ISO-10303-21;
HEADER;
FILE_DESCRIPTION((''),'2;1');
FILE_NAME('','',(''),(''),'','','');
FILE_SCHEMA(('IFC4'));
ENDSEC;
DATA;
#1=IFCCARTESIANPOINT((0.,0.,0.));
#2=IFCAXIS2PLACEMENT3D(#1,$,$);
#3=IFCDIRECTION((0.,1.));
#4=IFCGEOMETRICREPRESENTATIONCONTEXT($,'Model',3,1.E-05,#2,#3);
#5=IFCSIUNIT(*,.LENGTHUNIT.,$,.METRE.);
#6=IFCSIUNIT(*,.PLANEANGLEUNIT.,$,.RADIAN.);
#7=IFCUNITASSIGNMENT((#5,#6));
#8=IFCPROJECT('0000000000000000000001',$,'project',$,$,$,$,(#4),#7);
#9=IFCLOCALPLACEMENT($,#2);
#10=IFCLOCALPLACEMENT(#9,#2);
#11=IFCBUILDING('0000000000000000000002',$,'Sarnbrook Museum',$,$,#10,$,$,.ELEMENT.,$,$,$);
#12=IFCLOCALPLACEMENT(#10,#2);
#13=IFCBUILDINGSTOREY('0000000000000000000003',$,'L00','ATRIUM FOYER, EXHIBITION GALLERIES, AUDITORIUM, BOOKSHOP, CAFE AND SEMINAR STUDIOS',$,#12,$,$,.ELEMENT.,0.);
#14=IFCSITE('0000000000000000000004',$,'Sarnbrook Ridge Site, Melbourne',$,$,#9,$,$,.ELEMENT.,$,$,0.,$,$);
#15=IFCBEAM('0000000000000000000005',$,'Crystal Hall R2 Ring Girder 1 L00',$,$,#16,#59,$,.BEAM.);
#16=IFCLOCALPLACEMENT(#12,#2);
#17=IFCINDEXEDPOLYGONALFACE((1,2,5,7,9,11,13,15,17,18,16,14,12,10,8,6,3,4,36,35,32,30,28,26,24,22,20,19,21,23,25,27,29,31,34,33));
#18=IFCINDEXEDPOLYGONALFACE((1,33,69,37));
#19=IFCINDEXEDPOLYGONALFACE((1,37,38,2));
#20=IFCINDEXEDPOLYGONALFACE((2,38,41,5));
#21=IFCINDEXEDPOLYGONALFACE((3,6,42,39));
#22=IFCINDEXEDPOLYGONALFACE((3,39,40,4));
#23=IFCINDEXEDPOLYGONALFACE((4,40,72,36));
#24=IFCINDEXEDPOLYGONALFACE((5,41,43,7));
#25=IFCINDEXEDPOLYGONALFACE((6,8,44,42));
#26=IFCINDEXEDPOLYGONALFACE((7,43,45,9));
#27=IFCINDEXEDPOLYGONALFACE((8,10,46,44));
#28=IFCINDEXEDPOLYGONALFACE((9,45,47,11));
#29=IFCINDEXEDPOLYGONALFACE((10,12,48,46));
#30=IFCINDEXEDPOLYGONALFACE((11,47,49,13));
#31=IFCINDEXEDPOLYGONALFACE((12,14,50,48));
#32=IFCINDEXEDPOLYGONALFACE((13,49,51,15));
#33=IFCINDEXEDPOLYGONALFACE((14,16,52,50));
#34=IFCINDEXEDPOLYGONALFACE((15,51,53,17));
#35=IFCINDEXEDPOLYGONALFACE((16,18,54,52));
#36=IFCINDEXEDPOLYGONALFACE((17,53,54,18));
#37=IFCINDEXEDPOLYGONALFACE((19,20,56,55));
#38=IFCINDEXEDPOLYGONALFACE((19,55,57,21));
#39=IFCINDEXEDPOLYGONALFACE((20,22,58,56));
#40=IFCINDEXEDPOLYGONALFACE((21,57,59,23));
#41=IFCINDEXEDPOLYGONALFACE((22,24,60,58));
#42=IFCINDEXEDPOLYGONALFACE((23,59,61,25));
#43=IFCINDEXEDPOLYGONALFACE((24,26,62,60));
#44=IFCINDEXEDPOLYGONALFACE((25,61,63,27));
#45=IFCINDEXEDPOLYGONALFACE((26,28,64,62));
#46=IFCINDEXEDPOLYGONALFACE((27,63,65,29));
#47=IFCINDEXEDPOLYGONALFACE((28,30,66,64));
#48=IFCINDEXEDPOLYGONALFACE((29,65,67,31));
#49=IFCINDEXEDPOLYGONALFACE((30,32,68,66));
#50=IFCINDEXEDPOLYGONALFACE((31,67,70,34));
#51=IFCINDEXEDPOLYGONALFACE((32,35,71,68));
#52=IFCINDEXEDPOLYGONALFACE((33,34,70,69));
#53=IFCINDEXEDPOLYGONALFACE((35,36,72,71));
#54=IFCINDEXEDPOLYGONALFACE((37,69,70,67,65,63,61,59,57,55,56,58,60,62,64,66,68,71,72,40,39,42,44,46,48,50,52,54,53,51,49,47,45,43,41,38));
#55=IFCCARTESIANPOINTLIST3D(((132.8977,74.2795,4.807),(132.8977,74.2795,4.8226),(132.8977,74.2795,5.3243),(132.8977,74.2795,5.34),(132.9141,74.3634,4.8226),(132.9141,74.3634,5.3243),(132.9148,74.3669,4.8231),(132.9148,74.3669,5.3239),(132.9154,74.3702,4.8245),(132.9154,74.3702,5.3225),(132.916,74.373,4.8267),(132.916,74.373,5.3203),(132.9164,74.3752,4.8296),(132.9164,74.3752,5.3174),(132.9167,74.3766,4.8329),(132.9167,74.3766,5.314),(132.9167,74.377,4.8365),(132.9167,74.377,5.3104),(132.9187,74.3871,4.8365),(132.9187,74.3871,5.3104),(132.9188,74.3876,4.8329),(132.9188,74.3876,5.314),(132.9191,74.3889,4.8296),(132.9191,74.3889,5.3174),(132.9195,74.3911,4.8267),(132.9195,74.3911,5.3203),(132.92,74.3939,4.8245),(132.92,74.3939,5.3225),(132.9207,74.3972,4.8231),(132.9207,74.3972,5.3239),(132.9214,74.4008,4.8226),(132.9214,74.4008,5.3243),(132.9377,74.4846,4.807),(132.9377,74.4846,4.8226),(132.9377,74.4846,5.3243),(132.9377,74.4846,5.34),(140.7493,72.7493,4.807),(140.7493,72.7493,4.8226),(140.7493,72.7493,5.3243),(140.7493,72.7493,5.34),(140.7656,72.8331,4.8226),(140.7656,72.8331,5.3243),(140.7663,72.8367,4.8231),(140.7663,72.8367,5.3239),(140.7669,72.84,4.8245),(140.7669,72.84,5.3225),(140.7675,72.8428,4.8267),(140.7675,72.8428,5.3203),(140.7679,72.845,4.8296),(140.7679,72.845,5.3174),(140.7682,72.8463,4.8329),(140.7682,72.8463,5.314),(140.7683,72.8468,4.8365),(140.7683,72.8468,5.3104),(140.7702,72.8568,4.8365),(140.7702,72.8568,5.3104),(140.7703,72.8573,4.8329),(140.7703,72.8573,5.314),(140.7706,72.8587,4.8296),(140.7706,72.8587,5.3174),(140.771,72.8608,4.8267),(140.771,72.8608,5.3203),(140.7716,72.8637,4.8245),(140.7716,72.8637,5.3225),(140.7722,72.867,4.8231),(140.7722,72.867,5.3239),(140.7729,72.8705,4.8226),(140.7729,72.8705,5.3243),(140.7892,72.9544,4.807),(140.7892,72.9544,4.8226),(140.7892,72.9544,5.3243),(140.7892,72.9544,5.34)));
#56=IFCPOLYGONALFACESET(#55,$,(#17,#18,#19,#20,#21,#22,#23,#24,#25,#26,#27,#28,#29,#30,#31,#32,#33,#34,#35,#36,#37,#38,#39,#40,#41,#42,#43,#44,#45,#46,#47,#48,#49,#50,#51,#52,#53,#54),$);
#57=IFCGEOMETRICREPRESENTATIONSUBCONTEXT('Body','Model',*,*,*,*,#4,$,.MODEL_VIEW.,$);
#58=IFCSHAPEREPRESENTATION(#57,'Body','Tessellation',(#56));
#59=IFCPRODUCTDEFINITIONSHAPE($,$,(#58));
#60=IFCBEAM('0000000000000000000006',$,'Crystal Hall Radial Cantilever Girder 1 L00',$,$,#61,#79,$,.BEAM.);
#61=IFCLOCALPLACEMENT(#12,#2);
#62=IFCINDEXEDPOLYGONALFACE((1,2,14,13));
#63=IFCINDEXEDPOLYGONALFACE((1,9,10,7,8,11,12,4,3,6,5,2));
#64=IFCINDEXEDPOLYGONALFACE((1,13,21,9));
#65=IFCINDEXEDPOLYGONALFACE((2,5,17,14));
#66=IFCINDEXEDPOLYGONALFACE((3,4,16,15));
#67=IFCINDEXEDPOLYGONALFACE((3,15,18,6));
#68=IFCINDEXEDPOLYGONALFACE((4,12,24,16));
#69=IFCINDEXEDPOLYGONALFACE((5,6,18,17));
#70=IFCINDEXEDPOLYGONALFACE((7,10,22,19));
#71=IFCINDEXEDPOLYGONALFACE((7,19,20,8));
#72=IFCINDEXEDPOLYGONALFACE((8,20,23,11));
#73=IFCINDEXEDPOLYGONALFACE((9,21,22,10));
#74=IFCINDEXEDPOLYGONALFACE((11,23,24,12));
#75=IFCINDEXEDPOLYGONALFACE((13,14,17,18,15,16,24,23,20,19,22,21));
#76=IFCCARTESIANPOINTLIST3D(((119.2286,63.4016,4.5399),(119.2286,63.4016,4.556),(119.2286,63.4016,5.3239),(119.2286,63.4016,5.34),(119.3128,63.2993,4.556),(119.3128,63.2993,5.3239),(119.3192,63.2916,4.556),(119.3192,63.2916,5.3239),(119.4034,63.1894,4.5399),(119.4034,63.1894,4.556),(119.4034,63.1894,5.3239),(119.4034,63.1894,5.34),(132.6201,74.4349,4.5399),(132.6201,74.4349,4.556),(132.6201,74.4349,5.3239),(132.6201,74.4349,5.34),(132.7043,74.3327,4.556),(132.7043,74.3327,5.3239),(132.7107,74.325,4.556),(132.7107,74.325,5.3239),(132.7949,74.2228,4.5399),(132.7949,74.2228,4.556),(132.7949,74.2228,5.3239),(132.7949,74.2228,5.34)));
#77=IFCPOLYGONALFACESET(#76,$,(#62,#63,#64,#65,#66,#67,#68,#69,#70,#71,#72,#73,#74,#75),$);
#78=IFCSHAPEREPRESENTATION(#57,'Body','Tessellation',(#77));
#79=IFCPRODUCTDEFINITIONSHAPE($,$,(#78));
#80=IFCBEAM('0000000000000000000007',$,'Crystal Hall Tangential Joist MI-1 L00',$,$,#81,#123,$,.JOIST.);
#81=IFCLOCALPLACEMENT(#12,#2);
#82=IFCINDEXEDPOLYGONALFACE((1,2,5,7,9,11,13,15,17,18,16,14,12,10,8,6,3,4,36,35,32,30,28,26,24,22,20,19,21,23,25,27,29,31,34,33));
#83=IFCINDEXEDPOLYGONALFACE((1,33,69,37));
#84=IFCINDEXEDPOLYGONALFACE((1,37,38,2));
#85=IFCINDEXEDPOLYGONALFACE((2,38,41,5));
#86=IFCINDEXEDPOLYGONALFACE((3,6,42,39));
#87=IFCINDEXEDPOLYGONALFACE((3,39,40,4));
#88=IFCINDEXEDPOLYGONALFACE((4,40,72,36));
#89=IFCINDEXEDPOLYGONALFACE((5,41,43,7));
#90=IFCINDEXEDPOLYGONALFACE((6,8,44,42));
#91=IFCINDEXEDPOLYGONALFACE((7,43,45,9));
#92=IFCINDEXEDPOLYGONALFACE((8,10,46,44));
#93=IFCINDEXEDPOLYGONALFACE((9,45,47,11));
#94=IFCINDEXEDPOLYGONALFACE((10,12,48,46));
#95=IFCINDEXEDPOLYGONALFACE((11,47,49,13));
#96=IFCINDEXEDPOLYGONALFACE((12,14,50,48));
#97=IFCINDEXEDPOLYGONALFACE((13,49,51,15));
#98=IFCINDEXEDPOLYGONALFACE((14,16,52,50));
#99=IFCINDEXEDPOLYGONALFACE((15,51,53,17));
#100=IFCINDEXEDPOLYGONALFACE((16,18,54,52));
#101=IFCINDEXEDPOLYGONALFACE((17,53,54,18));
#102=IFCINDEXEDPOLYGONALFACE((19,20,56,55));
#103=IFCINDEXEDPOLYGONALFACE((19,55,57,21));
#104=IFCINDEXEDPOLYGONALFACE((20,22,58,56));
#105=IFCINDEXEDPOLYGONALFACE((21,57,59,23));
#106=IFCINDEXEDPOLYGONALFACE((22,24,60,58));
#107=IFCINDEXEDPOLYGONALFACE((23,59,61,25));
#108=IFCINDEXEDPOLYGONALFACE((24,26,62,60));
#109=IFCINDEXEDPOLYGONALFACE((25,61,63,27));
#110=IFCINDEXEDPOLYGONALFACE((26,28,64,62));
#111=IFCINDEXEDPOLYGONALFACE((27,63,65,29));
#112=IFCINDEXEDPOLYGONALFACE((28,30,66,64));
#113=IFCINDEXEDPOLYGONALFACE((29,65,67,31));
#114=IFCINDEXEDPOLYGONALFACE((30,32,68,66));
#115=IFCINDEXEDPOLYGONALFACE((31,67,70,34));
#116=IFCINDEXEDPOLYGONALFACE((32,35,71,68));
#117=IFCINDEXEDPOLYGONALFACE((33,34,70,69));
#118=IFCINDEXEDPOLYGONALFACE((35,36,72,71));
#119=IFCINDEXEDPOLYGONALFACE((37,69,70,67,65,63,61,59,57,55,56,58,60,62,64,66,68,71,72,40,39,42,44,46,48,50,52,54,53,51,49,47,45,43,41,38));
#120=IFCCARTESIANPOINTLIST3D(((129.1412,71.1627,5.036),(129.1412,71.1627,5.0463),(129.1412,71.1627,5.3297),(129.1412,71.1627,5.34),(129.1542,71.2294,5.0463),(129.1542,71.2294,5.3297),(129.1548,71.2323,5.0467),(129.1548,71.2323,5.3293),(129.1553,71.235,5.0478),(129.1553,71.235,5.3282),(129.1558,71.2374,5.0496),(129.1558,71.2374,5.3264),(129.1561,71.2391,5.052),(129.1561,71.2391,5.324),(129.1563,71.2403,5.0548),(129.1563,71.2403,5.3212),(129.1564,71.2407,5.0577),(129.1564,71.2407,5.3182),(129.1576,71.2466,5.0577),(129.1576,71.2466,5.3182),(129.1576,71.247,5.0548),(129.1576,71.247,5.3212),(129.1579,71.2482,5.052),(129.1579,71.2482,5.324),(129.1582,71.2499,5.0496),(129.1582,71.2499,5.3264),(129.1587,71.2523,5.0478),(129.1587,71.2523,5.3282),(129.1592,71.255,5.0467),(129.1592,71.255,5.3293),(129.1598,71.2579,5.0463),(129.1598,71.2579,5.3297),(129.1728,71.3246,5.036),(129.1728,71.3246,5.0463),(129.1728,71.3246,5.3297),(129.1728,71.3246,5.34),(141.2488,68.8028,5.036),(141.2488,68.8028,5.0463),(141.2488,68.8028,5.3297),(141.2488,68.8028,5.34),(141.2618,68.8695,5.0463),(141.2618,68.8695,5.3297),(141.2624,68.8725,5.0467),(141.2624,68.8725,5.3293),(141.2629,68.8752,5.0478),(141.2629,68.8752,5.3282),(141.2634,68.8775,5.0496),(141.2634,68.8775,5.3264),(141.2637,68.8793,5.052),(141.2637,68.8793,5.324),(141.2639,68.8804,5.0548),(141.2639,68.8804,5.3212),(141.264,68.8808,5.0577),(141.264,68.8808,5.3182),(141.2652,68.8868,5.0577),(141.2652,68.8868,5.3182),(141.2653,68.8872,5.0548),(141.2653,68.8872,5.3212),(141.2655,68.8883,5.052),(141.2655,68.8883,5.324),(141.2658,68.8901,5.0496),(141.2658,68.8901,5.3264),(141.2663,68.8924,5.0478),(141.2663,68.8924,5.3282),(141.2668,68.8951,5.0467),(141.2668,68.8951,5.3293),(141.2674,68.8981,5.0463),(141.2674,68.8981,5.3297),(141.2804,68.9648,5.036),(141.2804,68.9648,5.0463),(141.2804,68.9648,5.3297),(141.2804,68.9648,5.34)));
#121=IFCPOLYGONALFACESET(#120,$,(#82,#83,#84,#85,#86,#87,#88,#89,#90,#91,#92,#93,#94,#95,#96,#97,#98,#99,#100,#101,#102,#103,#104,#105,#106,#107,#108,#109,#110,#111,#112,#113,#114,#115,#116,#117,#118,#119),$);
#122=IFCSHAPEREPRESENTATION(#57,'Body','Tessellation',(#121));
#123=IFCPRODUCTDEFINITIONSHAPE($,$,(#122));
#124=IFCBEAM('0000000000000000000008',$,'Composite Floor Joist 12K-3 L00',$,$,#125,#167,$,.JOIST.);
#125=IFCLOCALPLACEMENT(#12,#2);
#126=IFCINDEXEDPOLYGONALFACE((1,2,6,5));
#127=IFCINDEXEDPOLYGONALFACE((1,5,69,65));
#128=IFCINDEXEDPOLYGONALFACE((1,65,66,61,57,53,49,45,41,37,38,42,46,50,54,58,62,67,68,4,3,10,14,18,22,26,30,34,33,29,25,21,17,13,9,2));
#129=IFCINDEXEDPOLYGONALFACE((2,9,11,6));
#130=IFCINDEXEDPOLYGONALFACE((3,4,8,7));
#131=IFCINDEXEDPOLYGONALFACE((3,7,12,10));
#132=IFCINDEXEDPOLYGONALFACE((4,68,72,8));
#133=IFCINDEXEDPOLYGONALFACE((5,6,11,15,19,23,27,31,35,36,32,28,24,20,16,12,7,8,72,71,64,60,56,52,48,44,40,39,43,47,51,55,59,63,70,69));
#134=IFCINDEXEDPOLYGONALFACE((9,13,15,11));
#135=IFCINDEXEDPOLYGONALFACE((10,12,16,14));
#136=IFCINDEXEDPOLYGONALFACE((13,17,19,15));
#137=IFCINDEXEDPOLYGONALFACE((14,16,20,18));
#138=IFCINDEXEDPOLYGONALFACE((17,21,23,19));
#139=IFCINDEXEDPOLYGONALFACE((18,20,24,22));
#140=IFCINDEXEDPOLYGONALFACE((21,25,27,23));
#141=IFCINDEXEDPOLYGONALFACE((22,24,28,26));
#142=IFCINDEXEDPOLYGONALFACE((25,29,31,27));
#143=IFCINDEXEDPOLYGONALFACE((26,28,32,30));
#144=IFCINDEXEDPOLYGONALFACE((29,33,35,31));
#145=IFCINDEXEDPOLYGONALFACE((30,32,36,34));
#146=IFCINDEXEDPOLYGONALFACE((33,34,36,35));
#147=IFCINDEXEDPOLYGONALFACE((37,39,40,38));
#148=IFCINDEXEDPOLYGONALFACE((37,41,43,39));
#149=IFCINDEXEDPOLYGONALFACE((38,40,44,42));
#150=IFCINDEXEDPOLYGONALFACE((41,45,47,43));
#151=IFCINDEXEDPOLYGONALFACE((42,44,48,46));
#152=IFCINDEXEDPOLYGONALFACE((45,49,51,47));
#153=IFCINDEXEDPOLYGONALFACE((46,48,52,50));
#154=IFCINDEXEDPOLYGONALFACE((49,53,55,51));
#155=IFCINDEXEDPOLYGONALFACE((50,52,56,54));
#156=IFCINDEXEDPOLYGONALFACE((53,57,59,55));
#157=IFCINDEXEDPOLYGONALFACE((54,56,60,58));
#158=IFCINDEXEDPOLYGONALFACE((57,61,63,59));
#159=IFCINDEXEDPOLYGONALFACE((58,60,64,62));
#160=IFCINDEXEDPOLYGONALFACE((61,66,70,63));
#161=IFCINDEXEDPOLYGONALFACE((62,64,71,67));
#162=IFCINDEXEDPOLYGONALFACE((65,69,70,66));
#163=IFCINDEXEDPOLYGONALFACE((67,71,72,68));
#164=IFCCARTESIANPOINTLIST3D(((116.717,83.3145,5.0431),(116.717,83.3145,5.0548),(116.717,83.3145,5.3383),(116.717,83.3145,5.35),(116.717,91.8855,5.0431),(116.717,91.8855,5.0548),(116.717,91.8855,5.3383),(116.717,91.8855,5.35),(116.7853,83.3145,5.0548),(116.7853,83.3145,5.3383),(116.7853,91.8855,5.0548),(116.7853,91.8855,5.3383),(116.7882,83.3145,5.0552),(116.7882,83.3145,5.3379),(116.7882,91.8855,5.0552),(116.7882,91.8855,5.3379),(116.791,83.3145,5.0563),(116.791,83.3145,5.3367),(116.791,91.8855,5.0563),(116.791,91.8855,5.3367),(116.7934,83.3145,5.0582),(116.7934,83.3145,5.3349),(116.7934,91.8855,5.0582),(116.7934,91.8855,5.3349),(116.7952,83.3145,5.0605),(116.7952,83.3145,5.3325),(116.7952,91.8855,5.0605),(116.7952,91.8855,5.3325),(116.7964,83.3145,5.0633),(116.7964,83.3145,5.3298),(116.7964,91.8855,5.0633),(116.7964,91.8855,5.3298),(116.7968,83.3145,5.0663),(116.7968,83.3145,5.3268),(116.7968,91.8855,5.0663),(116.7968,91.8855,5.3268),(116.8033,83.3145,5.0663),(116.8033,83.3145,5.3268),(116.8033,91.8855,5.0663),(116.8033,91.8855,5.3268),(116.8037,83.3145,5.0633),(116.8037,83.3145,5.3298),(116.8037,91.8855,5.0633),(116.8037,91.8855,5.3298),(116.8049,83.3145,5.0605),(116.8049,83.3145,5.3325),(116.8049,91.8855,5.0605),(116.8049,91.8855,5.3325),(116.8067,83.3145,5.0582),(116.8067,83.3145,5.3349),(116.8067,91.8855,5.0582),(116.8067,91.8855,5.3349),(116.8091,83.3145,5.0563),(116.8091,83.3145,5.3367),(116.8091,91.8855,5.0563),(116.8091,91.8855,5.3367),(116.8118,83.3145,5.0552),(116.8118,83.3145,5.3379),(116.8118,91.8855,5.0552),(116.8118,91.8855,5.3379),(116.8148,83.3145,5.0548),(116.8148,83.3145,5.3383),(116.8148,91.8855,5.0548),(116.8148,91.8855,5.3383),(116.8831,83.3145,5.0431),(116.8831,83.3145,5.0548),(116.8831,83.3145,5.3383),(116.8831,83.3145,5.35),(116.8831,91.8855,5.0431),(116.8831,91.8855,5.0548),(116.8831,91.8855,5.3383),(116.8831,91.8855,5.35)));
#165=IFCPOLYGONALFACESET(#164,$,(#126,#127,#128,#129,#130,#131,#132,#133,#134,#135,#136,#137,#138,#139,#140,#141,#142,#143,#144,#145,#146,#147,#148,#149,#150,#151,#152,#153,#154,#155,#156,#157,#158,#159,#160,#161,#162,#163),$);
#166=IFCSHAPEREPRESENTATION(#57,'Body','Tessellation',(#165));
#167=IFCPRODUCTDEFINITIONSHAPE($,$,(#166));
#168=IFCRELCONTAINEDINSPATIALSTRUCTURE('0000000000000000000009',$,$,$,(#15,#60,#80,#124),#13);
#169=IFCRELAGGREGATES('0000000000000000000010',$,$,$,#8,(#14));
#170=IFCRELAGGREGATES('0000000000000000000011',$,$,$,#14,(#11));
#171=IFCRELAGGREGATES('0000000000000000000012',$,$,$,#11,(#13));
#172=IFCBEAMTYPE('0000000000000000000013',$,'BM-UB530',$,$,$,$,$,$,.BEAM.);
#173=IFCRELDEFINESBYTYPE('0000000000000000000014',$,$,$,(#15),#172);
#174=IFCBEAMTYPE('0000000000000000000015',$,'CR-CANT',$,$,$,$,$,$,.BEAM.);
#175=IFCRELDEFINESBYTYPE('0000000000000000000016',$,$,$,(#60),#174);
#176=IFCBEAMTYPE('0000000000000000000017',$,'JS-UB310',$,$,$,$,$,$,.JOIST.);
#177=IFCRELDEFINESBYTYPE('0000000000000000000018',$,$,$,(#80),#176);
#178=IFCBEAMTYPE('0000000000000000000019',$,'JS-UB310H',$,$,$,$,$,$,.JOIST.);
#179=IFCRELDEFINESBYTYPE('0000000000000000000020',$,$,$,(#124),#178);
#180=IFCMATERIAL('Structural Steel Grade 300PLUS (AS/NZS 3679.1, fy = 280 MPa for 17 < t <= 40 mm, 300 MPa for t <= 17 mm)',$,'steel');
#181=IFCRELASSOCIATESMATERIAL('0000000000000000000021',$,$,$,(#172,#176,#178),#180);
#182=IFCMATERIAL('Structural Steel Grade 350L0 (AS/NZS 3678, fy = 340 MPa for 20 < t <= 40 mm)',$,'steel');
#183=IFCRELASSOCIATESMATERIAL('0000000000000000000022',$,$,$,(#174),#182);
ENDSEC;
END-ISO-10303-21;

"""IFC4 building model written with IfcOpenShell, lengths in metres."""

from ifc_helpers import new_model, si_unit, direction, frame, origin, origin_2d, place, context, subcontext, project, spatial, i_section, extrude, material, material_profile, profile_set, type_object, element, save


model = new_model("IFC4")

# Units and contexts
model_context = context("Model", 3, precision=1e-05, world=origin(), true_north=direction((0.0, 1.0)))
body_context = subcontext(model_context, "Body", "Model", "MODEL_VIEW")
ifc_project = project(units=[si_unit("LENGTHUNIT", "METRE"), si_unit("PLANEANGLEUNIT", "RADIAN")], contexts=[model_context])

# Site, building, storey
site_placement = place(None, origin())
site = spatial("IfcSite", under=ifc_project, at=site_placement, Name="Sarnbrook Ridge Site, Melbourne", CompositionType="ELEMENT", RefElevation=0.0)
building_placement = place(site_placement, origin())
building = spatial("IfcBuilding", under=site, at=building_placement, Name="Sarnbrook Museum", CompositionType="ELEMENT")
storey_placement = place(building_placement, origin())
storey = spatial("IfcBuildingStorey", under=building, at=storey_placement, Name="L00", Description="ATRIUM FOYER, EXHIBITION GALLERIES, AUDITORIUM, BOOKSHOP, CAFE AND SEMINAR STUDIOS", CompositionType="ELEMENT", Elevation=0.0)

# Shared definitions
ifc_material_1 = material(Name="Structural Steel Grade 350L0 (AS/NZS 3678, fy = 340 MPa for 20 < t <= 40 mm)", Category="steel")

# Beams
ifc_material_2 = material(Name="Structural Steel Grade 300PLUS (AS/NZS 3679.1, fy = 280 MPa for 17 < t <= 40 mm, 300 MPa for t <= 17 mm)", Category="steel")
ifc_material_profile_1 = material_profile(ifc_material_2, i_section(OverallWidth=0.209, OverallDepth=0.533, WebThickness=0.0103, FlangeThickness=0.0156, FilletRadius=0.0139, at=origin_2d()), Name="530UB92.4")
ifc_profile_set_1 = profile_set([ifc_material_profile_1], Name="Structural Steel Grade 300PLUS (AS/NZS 3679.1, fy = 280 MPa for 17 < t <= 40 mm, 300 MPa for t <= 17 mm)")
beam_type_1 = type_object("IfcBeamType", Name="BM-UB530", PredefinedType="BEAM", material=ifc_profile_set_1)
beam_1_placement = place(storey_placement, frame((132.9177, 74.3821, 5.0735), z_axis=(0.981531, -0.191301, 0.0), x_axis=(0.191301, 0.981531, 0.0)))
element("IfcBeam", 1, at=beam_1_placement, inside=storey, type_object=beam_type_1, Name="Crystal Hall R2 Ring Girder 1 L00", PredefinedType="BEAM", context=body_context, shape_type="SweptSolid", body=[
    extrude(i_section(OverallWidth=0.209, OverallDepth=0.533, WebThickness=0.0103, FlangeThickness=0.0156, FilletRadius=0.0139, at=origin_2d()), origin(), (0.0, 0.0, 1.0), 7.9993),
])
ifc_material_profile_2 = material_profile(ifc_material_1, i_section(OverallWidth=0.2749, OverallDepth=0.8, WebThickness=0.01, FlangeThickness=0.0161, at=origin_2d()), Name="800WB146")
ifc_profile_set_2 = profile_set([ifc_material_profile_2], Name="Structural Steel Grade 350L0 (AS/NZS 3678, fy = 340 MPa for 20 < t <= 40 mm)")
beam_type_2 = type_object("IfcBeamType", Name="CR-CANT", PredefinedType="BEAM", material=ifc_profile_set_2)
beam_2_placement = place(storey_placement, frame((132.7075, 74.3289, 4.9399), z_axis=(-0.771787, -0.635881, 0.0), x_axis=(0.635881, -0.771787, 0.0)))
element("IfcBeam", 2, at=beam_2_placement, inside=storey, type_object=beam_type_2, Name="Crystal Hall Radial Cantilever Girder 1 L00", PredefinedType="BEAM", context=body_context, shape_type="SweptSolid", body=[
    extrude(i_section(OverallWidth=0.2749, OverallDepth=0.8, WebThickness=0.01, FlangeThickness=0.0161, at=origin_2d()), origin(), (0.0, 0.0, 1.0), 17.3513),
])
ifc_material_profile_3 = material_profile(ifc_material_2, i_section(OverallWidth=0.165, OverallDepth=0.304, WebThickness=0.0061, FlangeThickness=0.0103, FilletRadius=0.0115, at=origin_2d()), Name="310UB40.4")
ifc_profile_set_3 = profile_set([ifc_material_profile_3], Name="Structural Steel Grade 300PLUS (AS/NZS 3679.1, fy = 280 MPa for 17 < t <= 40 mm, 300 MPa for t <= 17 mm)")
beam_type_3 = type_object("IfcBeamType", Name="JS-UB310", PredefinedType="JOIST", material=ifc_profile_set_3)
beam_3_placement = place(storey_placement, frame((129.157, 71.2437, 5.188), z_axis=(0.98153, -0.191307, 0.0), x_axis=(0.191307, 0.98153, 0.0)))
element("IfcBeam", 3, at=beam_3_placement, inside=storey, type_object=beam_type_3, Name="Crystal Hall Tangential Joist MI-1 L00", PredefinedType="JOIST", context=body_context, shape_type="SweptSolid", body=[
    extrude(i_section(OverallWidth=0.165, OverallDepth=0.304, WebThickness=0.0061, FlangeThickness=0.0103, FilletRadius=0.0115, at=origin_2d()), origin(), (0.0, 0.0, 1.0), 12.3354),
])
ifc_material_profile_4 = material_profile(ifc_material_2, i_section(OverallWidth=0.166, OverallDepth=0.3069, WebThickness=0.0066, FlangeThickness=0.0117, FilletRadius=0.0115, at=origin_2d()), Name="310UB46.2")
ifc_profile_set_4 = profile_set([ifc_material_profile_4], Name="Structural Steel Grade 300PLUS (AS/NZS 3679.1, fy = 280 MPa for 17 < t <= 40 mm, 300 MPa for t <= 17 mm)")
beam_type_4 = type_object("IfcBeamType", Name="JS-UB310H", PredefinedType="JOIST", material=ifc_profile_set_4)
beam_4_placement = place(storey_placement, frame((116.8, 83.3145, 5.1965), z_axis=(0.0, 1.0, 0.0), x_axis=(-1.0, 0.0, 0.0)))
element("IfcBeam", 4, at=beam_4_placement, inside=storey, type_object=beam_type_4, Name="Composite Floor Joist 12K-3 L00", PredefinedType="JOIST", context=body_context, shape_type="SweptSolid", body=[
    extrude(i_section(OverallWidth=0.166, OverallDepth=0.3069, WebThickness=0.0066, FlangeThickness=0.0117, FilletRadius=0.0115, at=origin_2d()), origin(), (0.0, 0.0, 1.0), 8.571),
])

save(model, "model.ifc")
